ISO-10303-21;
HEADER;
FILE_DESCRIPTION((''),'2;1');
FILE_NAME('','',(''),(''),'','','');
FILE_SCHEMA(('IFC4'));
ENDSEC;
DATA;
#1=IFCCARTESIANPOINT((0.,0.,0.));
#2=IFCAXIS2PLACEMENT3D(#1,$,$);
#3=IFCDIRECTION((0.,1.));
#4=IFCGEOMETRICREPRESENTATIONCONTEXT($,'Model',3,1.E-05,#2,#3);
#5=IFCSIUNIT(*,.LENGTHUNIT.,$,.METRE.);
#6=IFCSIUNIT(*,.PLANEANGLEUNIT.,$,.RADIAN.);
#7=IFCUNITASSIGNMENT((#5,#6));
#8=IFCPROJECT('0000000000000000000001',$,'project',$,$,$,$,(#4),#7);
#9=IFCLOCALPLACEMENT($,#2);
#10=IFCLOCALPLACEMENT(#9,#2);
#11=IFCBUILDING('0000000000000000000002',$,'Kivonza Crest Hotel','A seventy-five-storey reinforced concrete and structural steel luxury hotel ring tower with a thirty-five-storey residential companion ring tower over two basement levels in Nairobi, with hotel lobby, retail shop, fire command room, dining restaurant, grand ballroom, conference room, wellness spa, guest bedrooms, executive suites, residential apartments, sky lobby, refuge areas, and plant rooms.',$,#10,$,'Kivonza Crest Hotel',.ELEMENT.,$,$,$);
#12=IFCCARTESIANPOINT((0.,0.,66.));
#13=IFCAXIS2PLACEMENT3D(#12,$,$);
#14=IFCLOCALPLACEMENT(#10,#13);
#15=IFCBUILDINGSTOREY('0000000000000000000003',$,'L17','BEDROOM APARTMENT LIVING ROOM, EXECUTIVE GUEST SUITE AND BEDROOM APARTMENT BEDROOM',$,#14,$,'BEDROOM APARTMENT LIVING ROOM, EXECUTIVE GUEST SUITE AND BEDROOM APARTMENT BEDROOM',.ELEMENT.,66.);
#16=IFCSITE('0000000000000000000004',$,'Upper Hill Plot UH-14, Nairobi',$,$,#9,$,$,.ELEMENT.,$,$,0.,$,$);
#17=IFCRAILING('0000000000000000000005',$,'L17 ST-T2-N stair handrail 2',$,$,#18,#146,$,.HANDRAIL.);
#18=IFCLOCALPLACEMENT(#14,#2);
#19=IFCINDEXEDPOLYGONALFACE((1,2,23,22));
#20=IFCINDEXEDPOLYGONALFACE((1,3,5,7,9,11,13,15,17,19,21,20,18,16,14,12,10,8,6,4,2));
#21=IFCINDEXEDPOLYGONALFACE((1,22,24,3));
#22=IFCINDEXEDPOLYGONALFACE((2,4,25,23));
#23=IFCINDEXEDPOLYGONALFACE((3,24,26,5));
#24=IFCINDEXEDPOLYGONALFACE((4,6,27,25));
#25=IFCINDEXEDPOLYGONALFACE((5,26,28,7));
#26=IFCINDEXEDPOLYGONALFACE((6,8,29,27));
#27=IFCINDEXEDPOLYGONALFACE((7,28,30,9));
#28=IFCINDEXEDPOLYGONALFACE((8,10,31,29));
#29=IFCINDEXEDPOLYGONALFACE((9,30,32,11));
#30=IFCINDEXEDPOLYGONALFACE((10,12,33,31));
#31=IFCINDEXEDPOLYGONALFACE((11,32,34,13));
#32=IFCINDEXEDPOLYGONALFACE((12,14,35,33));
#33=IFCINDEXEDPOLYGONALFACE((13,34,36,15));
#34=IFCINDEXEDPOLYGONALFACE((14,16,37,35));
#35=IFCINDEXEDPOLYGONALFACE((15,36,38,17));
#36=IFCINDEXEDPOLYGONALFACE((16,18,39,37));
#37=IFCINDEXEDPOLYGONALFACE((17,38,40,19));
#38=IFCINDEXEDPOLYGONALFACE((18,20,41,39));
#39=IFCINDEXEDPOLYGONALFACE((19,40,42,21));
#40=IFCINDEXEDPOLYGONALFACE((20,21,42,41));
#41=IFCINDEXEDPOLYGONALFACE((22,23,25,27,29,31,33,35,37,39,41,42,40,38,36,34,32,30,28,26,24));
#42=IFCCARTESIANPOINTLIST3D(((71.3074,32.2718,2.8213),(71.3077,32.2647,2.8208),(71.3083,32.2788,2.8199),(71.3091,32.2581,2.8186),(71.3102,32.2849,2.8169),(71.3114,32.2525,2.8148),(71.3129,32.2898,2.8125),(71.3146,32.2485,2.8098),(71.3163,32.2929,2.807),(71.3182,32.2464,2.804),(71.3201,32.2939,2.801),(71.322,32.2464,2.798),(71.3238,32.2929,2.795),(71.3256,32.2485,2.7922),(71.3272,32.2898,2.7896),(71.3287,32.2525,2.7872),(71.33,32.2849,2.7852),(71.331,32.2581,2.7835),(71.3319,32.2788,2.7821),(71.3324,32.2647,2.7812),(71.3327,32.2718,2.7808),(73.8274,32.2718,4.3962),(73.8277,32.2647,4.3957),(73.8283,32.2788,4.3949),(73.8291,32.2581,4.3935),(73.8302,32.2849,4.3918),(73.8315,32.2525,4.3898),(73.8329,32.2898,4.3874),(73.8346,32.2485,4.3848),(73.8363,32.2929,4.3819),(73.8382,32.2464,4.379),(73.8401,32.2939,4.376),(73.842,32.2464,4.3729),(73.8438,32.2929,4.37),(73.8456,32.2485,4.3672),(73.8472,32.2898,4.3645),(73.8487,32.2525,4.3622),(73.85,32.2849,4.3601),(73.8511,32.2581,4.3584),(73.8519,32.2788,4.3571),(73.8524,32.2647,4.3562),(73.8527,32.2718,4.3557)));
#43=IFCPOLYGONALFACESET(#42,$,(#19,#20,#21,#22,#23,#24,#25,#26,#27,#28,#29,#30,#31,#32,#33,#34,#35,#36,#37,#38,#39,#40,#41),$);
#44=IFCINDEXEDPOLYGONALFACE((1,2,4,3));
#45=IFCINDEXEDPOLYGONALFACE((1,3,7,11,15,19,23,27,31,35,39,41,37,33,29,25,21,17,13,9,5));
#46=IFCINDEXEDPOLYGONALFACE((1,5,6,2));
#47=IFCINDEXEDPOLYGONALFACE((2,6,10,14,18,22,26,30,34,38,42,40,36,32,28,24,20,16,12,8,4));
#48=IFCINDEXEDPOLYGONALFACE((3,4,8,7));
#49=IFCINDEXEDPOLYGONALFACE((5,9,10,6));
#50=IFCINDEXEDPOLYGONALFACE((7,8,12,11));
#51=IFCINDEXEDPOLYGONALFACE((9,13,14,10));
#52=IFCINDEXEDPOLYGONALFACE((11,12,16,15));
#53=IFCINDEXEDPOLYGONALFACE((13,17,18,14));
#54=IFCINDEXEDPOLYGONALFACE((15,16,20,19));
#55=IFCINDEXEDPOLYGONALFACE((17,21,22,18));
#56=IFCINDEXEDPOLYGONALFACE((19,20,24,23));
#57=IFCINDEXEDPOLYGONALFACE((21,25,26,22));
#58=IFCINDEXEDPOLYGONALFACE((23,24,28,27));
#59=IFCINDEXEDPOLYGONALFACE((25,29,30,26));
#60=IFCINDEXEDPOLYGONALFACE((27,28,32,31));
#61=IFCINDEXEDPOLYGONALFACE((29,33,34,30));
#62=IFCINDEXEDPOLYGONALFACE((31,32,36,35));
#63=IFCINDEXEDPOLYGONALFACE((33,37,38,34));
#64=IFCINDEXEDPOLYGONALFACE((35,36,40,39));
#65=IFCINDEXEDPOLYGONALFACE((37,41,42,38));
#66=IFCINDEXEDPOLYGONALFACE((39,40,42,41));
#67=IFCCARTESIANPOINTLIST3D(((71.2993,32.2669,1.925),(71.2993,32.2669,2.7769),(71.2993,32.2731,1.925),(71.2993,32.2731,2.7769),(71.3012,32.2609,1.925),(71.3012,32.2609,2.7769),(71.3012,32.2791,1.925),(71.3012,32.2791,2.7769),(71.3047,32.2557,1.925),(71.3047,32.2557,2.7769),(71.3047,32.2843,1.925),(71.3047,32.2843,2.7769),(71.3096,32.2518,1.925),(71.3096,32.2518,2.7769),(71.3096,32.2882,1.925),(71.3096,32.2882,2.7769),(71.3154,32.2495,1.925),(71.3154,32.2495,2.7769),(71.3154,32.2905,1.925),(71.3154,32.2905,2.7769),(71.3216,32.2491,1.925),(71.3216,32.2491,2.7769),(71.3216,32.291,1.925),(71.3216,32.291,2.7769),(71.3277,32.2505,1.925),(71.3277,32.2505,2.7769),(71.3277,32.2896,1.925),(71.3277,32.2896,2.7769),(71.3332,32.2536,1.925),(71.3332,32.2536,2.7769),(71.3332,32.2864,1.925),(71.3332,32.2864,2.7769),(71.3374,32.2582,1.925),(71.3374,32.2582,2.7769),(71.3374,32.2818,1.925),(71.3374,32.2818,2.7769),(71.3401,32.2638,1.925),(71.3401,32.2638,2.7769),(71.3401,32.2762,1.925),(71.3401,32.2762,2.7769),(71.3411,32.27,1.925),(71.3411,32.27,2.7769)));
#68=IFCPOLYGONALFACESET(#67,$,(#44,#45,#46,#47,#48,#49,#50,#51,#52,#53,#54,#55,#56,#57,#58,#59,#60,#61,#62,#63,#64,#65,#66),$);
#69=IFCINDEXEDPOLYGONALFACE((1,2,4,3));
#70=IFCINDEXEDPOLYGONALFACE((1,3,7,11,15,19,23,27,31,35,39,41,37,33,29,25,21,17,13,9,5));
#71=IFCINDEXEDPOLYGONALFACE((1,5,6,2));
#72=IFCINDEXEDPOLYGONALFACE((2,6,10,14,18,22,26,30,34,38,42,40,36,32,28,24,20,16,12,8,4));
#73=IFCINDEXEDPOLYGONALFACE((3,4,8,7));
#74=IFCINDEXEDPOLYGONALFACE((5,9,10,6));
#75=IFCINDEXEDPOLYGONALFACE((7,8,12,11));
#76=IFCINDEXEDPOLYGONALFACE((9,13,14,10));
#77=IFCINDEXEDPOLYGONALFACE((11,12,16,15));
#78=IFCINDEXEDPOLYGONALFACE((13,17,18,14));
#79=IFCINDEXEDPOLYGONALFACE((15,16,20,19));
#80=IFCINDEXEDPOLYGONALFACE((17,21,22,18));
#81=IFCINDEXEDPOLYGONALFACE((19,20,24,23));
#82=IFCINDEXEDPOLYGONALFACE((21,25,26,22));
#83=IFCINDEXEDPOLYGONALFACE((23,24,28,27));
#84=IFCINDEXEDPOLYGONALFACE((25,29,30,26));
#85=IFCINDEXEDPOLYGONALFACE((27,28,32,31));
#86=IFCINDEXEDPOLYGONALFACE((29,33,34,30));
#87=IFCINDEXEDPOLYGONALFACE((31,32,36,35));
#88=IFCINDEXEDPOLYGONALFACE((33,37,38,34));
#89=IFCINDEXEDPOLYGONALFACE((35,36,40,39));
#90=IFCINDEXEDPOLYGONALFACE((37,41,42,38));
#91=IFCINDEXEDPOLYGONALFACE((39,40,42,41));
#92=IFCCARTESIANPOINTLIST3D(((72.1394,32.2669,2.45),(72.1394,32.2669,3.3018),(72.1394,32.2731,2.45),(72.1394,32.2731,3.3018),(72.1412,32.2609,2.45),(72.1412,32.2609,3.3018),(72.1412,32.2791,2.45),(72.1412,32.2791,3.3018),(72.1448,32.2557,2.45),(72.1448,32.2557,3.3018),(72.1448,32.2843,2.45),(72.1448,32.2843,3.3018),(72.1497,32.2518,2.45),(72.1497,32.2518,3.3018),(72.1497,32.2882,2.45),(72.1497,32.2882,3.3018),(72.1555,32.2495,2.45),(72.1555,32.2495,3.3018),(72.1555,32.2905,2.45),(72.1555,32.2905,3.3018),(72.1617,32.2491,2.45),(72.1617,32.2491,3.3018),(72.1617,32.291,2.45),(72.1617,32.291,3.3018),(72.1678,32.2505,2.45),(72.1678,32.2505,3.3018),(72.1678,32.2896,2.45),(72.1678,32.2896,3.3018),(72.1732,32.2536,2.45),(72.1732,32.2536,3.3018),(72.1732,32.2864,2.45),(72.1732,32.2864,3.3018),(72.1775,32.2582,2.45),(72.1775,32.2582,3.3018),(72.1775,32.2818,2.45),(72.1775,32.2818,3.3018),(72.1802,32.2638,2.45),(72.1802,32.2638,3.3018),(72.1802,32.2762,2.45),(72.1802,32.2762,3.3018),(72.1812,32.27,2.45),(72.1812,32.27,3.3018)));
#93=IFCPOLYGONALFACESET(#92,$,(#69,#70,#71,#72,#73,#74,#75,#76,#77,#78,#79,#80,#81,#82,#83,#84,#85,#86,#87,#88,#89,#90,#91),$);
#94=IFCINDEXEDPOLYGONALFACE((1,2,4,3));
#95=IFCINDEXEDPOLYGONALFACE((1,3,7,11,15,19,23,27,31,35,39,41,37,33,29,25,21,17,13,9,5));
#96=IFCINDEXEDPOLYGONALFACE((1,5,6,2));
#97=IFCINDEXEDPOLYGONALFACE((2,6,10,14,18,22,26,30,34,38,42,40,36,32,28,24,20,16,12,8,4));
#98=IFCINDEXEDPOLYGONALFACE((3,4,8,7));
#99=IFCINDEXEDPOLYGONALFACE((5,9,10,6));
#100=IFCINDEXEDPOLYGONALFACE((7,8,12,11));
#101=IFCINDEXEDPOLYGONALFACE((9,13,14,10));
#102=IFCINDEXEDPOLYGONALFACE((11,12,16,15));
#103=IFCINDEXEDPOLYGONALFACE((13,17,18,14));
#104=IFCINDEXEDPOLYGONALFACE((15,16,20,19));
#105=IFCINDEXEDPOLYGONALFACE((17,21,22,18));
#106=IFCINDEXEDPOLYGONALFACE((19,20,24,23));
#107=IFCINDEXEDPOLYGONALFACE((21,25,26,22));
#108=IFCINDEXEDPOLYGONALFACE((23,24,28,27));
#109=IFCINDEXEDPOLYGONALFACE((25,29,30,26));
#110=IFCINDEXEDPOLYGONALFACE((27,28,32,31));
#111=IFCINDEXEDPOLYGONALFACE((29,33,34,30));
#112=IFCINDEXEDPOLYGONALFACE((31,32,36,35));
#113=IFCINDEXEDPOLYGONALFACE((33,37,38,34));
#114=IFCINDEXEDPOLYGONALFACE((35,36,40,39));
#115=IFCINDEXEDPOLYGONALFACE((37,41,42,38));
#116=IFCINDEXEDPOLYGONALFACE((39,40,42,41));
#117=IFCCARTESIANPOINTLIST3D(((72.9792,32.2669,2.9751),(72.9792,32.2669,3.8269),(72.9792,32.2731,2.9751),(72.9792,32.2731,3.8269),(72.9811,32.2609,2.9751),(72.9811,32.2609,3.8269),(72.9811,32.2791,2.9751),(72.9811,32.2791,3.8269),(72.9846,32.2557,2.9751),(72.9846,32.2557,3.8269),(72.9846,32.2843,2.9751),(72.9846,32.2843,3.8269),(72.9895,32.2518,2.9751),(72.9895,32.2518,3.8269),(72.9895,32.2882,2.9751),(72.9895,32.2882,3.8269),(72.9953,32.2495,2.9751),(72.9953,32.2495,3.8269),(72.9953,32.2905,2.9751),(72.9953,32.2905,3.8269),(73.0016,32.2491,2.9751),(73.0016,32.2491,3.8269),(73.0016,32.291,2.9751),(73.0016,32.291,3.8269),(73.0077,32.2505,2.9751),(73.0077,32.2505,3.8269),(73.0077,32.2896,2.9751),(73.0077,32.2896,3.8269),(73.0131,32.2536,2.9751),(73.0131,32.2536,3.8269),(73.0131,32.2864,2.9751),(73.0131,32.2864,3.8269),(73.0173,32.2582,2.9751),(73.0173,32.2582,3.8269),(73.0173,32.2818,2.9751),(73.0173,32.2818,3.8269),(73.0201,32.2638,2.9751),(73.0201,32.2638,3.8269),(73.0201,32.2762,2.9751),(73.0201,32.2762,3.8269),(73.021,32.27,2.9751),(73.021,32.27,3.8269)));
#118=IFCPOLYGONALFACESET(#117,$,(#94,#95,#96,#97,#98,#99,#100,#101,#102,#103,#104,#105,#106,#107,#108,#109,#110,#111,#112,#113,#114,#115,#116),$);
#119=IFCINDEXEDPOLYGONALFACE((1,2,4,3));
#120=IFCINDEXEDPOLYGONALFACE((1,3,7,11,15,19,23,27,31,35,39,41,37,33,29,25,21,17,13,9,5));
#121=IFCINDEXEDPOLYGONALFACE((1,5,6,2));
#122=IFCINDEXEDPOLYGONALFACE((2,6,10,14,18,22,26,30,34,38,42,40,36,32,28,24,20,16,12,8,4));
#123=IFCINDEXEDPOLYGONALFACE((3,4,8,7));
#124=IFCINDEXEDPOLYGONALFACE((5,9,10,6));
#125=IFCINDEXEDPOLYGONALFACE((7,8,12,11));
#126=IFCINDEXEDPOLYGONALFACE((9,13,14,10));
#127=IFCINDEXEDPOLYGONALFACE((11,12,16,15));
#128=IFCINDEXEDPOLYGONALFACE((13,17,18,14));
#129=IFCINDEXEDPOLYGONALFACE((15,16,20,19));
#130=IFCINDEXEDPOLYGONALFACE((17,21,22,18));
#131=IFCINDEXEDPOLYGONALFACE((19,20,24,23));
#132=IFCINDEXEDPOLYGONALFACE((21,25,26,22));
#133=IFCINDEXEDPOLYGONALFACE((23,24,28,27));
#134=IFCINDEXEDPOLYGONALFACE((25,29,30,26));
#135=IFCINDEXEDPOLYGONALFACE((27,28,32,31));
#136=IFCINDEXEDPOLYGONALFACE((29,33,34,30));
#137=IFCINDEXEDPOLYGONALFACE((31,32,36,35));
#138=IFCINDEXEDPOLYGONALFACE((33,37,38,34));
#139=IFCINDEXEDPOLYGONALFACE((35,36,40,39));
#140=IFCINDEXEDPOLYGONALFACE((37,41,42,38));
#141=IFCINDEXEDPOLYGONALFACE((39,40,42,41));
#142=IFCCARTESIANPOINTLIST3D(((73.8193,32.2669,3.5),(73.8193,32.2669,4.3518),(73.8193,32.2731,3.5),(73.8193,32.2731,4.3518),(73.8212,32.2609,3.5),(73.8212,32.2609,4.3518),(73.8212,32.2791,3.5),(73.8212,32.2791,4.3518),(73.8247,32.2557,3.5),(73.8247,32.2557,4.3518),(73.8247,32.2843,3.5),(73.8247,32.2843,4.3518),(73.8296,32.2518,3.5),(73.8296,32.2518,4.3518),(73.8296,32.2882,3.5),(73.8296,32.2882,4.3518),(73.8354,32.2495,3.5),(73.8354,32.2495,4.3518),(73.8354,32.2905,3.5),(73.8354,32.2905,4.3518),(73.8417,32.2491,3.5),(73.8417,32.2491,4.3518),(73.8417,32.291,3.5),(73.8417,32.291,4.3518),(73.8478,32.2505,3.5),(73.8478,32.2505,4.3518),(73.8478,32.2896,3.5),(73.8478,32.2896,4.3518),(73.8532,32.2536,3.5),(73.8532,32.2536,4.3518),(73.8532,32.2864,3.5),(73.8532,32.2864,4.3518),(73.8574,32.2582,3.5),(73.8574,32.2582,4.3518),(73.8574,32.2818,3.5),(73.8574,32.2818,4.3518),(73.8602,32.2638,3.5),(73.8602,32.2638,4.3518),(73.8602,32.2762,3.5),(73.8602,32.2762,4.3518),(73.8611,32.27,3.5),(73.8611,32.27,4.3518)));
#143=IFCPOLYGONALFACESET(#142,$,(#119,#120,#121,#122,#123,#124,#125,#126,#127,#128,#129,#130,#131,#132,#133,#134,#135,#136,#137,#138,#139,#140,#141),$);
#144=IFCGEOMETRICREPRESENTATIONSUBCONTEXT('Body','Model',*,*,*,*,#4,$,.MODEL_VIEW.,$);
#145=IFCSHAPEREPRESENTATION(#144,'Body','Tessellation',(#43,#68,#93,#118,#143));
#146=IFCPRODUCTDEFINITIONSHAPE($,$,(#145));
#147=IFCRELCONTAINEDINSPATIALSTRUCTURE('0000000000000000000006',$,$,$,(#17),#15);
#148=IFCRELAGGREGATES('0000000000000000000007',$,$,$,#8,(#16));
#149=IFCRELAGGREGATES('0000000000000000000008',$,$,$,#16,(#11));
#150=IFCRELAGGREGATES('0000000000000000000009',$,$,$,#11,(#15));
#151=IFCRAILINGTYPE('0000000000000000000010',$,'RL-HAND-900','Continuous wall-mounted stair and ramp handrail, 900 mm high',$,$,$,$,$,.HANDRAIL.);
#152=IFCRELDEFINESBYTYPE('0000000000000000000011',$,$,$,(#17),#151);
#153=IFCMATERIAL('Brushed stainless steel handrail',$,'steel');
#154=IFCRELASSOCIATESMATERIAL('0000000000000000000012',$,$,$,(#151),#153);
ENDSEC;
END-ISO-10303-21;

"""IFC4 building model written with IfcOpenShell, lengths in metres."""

from ifc_helpers import new_model, si_unit, direction, frame, origin, origin_2d, place, context, subcontext, project, spatial, circle, extrude, material, type_object, element, save


model = new_model("IFC4")

# Units and contexts
model_context = context("Model", 3, precision=1e-05, world=origin(), true_north=direction((0.0, 1.0)))
body_context = subcontext(model_context, "Body", "Model", "MODEL_VIEW")
ifc_project = project(units=[si_unit("LENGTHUNIT", "METRE"), si_unit("PLANEANGLEUNIT", "RADIAN")], contexts=[model_context])

# Site, building, storey
site_placement = place(None, origin())
site = spatial("IfcSite", under=ifc_project, at=site_placement, Name="Upper Hill Plot UH-14, Nairobi", CompositionType="ELEMENT", RefElevation=0.0)
building_placement = place(site_placement, origin())
building = spatial("IfcBuilding", under=site, at=building_placement, Name="Kivonza Crest Hotel", Description="A seventy-five-storey reinforced concrete and structural steel luxury hotel ring tower with a thirty-five-storey residential companion ring tower over two basement levels in Nairobi, with hotel lobby, retail shop, fire command room, dining restaurant, grand ballroom, conference room, wellness spa, guest bedrooms, executive suites, residential apartments, sky lobby, refuge areas, and plant rooms.", LongName="Kivonza Crest Hotel", CompositionType="ELEMENT")
storey_placement = place(building_placement, frame((0.0, 0.0, 66.0)))
storey = spatial("IfcBuildingStorey", under=building, at=storey_placement, Name="L17", Description="BEDROOM APARTMENT LIVING ROOM, EXECUTIVE GUEST SUITE AND BEDROOM APARTMENT BEDROOM", LongName="BEDROOM APARTMENT LIVING ROOM, EXECUTIVE GUEST SUITE AND BEDROOM APARTMENT BEDROOM", CompositionType="ELEMENT", Elevation=66.0)

# Railing
ifc_material_1 = material(Name="Brushed stainless steel handrail", Category="steel")
railing_type_1 = type_object("IfcRailingType", Name="RL-HAND-900", Description="Continuous wall-mounted stair and ramp handrail, 900 mm high", PredefinedType="HANDRAIL", material=ifc_material_1)
railing_1_placement = place(storey_placement, frame((71.3201, 32.27, 1.925)))
element("IfcRailing", 1, at=railing_1_placement, inside=storey, type_object=railing_type_1, Name="L17 ST-T2-N stair handrail 2", PredefinedType="HANDRAIL", context=body_context, shape_type="SweptSolid", body=[
    extrude(circle(Radius=0.0239, at=origin_2d()), frame((0.0, 0.0, 0.876), z_axis=(0.848008, 0.0, 0.529984), x_axis=(0.0, 1.0, 0.0)), (0.0, 0.0, 1.0), 2.9717),
    extrude(circle(Radius=0.021, at=origin_2d()), origin(), (0.0, 0.0, 1.0), 0.8518),
    extrude(circle(Radius=0.021, at=origin_2d()), frame((0.8401, 0.0, 0.5249)), (0.0, 0.0, 1.0), 0.8518),
    extrude(circle(Radius=0.021, at=origin_2d()), frame((1.6799, 0.0, 1.05)), (0.0, 0.0, 1.0), 0.8518),
    extrude(circle(Radius=0.021, at=origin_2d()), frame((2.52, 0.0, 1.575)), (0.0, 0.0, 1.0), 0.8518),
])

save(model, "model.ifc")
